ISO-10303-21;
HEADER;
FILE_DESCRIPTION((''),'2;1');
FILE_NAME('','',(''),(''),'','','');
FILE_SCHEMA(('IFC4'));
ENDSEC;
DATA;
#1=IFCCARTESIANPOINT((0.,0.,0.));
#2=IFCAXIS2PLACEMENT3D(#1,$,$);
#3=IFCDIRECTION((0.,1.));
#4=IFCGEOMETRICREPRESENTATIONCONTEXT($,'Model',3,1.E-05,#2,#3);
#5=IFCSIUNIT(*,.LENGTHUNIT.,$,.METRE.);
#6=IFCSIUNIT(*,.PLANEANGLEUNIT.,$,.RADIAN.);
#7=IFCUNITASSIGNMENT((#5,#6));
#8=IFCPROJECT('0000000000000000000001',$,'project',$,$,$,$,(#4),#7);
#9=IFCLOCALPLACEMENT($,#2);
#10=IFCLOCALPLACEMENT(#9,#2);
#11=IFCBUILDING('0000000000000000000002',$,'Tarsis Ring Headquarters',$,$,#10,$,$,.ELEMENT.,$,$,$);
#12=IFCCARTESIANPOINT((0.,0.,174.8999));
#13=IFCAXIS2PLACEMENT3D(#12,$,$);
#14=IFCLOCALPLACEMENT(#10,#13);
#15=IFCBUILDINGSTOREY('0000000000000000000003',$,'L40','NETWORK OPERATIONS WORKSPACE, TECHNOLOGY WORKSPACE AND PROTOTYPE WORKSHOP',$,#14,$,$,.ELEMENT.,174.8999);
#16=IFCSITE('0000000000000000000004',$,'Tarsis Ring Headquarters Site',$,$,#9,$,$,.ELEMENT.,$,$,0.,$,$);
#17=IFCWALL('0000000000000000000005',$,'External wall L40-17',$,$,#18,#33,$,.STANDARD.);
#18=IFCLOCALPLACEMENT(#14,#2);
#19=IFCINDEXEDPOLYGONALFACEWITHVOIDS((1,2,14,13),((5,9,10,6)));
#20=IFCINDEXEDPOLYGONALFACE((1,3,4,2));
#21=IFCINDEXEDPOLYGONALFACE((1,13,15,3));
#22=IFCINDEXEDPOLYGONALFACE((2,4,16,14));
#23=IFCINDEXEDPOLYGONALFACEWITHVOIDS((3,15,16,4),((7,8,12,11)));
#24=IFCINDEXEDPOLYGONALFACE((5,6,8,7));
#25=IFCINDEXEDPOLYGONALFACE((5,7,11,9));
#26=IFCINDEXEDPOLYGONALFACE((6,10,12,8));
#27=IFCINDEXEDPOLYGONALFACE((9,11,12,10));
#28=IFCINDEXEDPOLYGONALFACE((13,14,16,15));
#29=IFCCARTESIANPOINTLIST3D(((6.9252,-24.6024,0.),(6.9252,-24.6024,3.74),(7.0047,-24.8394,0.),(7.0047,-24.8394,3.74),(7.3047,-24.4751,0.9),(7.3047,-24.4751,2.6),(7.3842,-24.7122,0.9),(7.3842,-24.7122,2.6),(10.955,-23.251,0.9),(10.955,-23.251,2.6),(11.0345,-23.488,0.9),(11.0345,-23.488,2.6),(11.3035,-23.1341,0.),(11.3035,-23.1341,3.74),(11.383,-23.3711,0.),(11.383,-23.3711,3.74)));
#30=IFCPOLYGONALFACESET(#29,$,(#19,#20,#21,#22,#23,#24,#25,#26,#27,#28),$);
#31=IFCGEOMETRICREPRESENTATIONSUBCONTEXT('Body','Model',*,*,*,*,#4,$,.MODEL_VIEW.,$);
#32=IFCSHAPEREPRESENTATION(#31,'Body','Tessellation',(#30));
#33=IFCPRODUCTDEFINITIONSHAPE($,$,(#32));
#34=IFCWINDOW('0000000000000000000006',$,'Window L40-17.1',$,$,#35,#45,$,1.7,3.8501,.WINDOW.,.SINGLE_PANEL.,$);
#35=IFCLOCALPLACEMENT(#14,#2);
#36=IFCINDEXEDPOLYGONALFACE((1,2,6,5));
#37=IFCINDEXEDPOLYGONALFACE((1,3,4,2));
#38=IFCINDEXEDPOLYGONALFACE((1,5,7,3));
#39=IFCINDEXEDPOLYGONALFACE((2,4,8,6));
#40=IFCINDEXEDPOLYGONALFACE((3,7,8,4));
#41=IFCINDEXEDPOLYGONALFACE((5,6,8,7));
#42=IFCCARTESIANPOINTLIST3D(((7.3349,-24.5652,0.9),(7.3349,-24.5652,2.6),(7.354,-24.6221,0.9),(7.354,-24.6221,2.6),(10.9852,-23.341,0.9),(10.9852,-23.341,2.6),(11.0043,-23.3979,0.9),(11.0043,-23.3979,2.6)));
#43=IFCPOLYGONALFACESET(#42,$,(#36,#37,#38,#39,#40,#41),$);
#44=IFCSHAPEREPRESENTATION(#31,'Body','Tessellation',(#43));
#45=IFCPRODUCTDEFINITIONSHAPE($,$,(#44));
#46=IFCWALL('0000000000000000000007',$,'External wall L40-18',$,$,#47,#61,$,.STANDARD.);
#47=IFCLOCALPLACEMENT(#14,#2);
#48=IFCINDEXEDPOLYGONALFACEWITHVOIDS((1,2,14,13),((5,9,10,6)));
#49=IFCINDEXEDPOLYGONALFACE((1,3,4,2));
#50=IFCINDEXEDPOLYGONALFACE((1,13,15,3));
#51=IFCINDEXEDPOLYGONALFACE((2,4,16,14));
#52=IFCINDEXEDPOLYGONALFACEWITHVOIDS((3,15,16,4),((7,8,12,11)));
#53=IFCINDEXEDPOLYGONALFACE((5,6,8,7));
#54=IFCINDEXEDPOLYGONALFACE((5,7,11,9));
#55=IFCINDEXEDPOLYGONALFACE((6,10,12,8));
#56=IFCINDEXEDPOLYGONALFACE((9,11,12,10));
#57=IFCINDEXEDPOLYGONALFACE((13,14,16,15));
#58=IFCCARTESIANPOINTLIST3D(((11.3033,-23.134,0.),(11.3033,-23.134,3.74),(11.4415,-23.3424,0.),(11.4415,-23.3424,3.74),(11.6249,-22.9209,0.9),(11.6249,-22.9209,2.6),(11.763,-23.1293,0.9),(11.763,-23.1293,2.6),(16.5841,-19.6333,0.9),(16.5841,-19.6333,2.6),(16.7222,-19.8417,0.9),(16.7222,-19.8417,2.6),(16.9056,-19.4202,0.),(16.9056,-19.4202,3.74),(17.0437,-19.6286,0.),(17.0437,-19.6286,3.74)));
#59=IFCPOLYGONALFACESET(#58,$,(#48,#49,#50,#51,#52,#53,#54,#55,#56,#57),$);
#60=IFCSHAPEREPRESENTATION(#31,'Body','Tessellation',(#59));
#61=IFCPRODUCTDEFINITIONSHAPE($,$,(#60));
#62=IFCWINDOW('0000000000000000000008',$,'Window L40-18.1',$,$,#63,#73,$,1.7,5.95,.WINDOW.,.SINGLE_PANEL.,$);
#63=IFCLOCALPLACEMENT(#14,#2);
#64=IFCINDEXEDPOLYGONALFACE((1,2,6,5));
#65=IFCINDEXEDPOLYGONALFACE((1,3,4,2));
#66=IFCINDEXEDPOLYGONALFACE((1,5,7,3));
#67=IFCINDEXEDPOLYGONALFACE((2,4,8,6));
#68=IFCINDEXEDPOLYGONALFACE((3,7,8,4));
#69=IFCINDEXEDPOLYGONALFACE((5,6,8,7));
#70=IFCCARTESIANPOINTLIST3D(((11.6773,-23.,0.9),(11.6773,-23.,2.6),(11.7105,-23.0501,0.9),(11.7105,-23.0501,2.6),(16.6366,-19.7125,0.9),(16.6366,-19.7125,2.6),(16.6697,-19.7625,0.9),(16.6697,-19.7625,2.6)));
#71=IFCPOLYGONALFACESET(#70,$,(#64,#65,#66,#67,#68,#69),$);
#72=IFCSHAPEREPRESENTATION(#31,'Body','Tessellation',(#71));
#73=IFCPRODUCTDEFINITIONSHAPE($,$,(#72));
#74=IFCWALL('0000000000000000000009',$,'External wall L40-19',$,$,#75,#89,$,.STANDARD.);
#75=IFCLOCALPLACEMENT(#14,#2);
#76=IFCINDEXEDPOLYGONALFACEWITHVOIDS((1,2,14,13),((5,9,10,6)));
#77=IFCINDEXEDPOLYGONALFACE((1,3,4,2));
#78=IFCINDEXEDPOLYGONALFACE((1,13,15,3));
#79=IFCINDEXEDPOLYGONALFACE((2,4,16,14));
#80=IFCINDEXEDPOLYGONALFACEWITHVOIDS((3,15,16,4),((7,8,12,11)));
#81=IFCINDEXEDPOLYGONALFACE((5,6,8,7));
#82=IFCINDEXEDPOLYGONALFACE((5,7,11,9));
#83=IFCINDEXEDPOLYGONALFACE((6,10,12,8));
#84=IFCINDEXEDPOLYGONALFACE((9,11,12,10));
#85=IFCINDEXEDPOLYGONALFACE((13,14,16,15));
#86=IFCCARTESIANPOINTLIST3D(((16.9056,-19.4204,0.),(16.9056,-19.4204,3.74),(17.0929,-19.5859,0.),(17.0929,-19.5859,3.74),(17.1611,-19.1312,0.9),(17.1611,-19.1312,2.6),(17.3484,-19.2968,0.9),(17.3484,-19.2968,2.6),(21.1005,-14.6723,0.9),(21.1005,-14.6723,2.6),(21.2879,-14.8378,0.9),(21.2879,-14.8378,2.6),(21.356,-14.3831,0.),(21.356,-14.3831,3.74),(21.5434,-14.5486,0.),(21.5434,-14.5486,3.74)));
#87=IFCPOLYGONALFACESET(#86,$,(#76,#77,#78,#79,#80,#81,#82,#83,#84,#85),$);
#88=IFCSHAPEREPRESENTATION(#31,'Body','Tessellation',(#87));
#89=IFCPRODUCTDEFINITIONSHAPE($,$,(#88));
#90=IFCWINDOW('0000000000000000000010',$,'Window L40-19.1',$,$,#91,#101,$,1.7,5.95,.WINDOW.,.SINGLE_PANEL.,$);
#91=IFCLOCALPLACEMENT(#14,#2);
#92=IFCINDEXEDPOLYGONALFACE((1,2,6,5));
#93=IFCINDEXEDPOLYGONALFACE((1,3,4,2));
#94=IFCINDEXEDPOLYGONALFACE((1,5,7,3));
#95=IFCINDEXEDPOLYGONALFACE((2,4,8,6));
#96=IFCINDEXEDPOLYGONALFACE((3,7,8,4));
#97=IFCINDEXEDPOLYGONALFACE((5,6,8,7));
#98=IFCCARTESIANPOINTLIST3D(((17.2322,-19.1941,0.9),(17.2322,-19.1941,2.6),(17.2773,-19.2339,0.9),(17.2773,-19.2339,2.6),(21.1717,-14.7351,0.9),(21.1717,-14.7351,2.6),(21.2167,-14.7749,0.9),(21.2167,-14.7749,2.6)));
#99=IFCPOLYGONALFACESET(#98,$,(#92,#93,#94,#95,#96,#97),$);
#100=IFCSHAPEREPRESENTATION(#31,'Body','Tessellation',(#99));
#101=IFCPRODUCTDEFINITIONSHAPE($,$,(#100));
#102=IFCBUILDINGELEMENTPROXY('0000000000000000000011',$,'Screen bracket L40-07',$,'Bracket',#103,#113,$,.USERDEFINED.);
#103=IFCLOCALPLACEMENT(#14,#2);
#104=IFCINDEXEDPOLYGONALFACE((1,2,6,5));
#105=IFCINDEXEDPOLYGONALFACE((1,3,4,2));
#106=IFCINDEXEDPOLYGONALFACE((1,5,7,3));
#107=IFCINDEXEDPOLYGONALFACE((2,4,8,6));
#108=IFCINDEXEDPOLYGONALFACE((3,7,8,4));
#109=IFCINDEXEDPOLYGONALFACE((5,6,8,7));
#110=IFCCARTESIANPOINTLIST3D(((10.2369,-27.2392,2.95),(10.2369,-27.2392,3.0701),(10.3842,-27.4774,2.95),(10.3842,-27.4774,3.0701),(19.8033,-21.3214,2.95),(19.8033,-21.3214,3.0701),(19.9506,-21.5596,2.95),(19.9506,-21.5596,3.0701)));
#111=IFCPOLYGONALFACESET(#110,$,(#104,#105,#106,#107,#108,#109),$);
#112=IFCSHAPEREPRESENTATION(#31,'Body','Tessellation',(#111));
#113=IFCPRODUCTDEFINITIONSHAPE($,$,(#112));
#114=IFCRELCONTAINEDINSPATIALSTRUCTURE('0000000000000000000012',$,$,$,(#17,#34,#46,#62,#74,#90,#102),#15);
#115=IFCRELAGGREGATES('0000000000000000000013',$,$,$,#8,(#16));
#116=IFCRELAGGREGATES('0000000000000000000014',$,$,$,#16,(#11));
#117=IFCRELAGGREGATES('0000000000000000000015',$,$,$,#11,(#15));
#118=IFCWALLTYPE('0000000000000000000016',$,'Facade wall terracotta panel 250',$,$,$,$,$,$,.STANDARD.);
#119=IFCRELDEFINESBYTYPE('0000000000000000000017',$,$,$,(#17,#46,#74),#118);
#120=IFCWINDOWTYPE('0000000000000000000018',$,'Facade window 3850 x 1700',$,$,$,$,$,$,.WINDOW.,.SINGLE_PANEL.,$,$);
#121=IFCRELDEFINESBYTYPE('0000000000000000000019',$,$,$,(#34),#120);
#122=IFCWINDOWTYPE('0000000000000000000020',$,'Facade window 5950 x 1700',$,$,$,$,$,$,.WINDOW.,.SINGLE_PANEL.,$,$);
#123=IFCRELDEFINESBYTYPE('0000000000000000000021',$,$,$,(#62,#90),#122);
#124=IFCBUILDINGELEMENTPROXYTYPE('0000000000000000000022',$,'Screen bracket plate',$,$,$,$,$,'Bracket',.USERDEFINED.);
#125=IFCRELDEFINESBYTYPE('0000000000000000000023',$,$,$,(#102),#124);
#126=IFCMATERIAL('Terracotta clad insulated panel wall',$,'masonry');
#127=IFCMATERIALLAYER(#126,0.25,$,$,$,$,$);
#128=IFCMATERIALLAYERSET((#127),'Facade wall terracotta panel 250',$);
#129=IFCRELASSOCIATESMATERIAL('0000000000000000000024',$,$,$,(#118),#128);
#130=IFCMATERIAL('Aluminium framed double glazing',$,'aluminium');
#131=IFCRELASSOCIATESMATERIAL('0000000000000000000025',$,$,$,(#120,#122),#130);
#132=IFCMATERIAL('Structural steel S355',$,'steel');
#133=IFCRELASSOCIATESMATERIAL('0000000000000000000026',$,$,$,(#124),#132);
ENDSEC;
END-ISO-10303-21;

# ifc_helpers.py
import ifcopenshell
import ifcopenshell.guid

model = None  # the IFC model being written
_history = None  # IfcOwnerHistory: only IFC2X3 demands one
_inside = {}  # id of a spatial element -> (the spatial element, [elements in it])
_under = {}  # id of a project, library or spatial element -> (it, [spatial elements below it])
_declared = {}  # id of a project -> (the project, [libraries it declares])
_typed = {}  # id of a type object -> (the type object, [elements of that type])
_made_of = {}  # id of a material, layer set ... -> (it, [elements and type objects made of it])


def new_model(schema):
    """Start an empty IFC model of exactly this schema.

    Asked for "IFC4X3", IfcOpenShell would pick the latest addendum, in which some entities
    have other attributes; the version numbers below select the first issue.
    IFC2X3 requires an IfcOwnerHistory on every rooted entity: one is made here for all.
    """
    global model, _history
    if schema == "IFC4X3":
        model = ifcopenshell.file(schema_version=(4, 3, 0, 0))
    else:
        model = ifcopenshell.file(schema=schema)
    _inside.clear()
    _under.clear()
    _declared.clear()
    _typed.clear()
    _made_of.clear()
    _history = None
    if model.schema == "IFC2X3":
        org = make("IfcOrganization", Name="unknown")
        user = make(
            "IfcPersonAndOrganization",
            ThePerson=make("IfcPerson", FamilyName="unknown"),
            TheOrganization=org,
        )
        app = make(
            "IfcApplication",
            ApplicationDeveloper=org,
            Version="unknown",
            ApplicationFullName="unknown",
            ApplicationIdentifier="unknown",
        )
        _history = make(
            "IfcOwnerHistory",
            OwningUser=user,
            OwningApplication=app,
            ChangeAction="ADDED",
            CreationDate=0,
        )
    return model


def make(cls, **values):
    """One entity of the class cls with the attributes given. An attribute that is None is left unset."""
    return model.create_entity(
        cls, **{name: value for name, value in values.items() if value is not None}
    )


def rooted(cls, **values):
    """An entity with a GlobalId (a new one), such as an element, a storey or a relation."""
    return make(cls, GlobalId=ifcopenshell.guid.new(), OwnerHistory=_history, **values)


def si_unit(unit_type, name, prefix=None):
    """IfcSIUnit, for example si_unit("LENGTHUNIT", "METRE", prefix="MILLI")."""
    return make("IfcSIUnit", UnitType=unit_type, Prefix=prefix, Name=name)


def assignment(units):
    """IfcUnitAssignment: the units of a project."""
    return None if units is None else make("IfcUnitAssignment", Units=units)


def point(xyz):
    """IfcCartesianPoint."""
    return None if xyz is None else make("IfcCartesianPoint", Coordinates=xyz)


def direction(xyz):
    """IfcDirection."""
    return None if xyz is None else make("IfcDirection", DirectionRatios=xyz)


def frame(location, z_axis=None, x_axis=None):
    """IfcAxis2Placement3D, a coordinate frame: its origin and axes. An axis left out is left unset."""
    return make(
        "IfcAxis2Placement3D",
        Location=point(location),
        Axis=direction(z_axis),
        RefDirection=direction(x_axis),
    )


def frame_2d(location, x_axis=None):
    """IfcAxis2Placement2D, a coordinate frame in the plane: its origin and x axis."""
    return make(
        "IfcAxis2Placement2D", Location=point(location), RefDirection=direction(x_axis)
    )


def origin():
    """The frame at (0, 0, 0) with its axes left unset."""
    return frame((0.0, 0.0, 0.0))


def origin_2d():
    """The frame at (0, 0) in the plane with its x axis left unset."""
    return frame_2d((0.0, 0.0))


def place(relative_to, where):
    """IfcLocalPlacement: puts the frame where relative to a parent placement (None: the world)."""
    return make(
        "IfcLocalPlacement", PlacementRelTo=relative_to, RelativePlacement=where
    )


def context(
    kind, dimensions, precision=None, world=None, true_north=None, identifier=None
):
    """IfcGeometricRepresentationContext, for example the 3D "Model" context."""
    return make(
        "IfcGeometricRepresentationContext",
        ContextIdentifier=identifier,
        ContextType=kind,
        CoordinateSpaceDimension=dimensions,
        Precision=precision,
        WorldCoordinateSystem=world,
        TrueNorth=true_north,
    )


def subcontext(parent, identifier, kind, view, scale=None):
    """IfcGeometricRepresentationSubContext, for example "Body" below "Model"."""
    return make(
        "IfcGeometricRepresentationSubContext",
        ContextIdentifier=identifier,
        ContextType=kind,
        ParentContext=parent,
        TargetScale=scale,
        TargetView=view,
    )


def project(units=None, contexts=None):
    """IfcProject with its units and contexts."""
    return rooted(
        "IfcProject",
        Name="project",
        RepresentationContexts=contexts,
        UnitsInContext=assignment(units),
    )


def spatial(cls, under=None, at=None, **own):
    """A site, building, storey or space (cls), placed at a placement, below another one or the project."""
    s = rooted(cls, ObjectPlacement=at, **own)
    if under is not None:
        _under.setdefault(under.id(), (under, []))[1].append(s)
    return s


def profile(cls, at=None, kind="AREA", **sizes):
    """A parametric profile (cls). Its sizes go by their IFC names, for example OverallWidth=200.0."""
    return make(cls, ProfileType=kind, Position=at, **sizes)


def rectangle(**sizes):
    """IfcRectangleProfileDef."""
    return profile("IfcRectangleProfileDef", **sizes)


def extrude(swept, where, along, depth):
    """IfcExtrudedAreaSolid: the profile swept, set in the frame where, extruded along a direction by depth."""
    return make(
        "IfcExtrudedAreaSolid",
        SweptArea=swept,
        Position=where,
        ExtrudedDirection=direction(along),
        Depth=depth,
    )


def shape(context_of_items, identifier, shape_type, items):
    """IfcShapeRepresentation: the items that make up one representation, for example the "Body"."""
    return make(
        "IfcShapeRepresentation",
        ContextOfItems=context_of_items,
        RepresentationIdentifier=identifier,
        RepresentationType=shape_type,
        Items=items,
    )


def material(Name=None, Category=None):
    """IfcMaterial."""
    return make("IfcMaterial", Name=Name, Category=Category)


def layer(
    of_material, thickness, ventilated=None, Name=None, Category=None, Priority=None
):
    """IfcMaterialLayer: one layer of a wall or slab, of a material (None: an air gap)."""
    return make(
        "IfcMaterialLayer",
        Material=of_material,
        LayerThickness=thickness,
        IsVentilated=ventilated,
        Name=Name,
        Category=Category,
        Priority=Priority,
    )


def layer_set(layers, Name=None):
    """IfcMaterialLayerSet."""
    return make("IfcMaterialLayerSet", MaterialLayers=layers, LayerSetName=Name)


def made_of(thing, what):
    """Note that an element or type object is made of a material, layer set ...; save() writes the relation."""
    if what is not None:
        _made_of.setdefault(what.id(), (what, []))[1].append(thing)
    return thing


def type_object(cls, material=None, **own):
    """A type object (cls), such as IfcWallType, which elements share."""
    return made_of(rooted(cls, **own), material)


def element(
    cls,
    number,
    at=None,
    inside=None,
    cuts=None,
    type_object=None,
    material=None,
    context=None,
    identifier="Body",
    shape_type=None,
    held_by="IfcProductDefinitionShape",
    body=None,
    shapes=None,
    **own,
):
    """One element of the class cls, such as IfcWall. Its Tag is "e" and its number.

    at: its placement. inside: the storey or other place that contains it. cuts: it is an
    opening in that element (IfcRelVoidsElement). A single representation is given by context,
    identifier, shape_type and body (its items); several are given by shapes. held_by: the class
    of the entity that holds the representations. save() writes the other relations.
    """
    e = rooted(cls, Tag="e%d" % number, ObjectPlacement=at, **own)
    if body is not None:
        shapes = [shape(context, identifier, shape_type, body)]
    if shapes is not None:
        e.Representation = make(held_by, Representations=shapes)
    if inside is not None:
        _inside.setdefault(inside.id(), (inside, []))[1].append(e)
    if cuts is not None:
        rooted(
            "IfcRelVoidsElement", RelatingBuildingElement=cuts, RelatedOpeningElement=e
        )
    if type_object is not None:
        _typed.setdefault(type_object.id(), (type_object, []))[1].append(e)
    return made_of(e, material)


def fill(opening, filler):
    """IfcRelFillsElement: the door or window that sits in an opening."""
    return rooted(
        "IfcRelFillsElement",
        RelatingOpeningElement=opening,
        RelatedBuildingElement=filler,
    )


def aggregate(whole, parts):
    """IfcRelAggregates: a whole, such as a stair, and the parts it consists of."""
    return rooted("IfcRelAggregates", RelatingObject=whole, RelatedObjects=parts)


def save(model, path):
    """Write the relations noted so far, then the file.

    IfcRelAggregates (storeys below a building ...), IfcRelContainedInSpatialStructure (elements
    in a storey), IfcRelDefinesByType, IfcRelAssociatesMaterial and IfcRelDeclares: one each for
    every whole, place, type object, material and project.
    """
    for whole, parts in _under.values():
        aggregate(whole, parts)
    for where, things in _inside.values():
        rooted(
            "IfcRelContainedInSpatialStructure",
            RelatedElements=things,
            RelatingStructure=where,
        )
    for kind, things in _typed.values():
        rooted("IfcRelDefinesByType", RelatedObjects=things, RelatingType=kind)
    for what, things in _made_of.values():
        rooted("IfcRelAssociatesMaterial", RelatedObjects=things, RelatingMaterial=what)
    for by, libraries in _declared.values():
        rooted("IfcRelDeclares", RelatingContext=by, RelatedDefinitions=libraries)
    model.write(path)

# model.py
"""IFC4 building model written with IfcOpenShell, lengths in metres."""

from ifc_helpers import new_model, si_unit, direction, frame, frame_2d, origin, origin_2d, place, context, subcontext, project, spatial, rectangle, extrude, material, layer, layer_set, type_object, element, fill, save


model = new_model("IFC4")

# Units and contexts
model_context = context("Model", 3, precision=1e-05, world=origin(), true_north=direction((0.0, 1.0)))
body_context = subcontext(model_context, "Body", "Model", "MODEL_VIEW")
ifc_project = project(units=[si_unit("LENGTHUNIT", "METRE"), si_unit("PLANEANGLEUNIT", "RADIAN")], contexts=[model_context])

# Site, building, storey
site_placement = place(None, origin())
site = spatial("IfcSite", under=ifc_project, at=site_placement, Name="Tarsis Ring Headquarters Site", CompositionType="ELEMENT", RefElevation=0.0)
building_placement = place(site_placement, origin())
building = spatial("IfcBuilding", under=site, at=building_placement, Name="Tarsis Ring Headquarters", CompositionType="ELEMENT")
storey_placement = place(building_placement, frame((0.0, 0.0, 174.8999)))
storey = spatial("IfcBuildingStorey", under=building, at=storey_placement, Name="L40", Description="NETWORK OPERATIONS WORKSPACE, TECHNOLOGY WORKSPACE AND PROTOTYPE WORKSHOP", CompositionType="ELEMENT", Elevation=174.8999)

# Shared definitions
ifc_material_1 = material(Name="Structural steel S355", Category="steel")

# Walls, openings, windows
ifc_material_2 = material(Name="Terracotta clad insulated panel wall", Category="masonry")
ifc_layer_1 = layer(ifc_material_2, 0.25)
ifc_layer_set_1 = layer_set([ifc_layer_1], Name="Facade wall terracotta panel 250")
wall_type_1 = type_object("IfcWallType", Name="Facade wall terracotta panel 250", PredefinedType="STANDARD", material=ifc_layer_set_1)
wall_1_placement = place(storey_placement, frame((6.9648, -24.7209, 0.0), z_axis=(0.0, 0.0, 1.0), x_axis=(0.948105, 0.317956, 0.0)))
wall_1 = element("IfcWall", 1, at=wall_1_placement, inside=storey, type_object=wall_type_1, Name="External wall L40-17", PredefinedType="STANDARD", context=body_context, shape_type="SweptSolid", body=[
    extrude(rectangle(XDim=4.6179, YDim=0.25, at=frame_2d((2.3091, 0.0))), origin(), (0.0, 0.0, 1.0), 3.74),
])
opening_1_placement = place(wall_1_placement, frame((0.4004, 0.0, 0.8999)))
opening_1 = element("IfcOpeningElement", 2, at=opening_1_placement, cuts=wall_1, PredefinedType="OPENING", context=body_context, shape_type="SweptSolid", body=[
    extrude(rectangle(XDim=3.8501, YDim=1.7, at=frame_2d((1.925, 0.8501))), frame((0.0, 0.135, 0.0), z_axis=(0.0, -1.0, 0.0), x_axis=(1.0, 0.0, 0.0)), (0.0, 0.0, 1.0), 0.27),
])
ifc_material_3 = material(Name="Aluminium framed double glazing", Category="aluminium")
window_type_1 = type_object("IfcWindowType", Name="Facade window 3850 x 1700", PartitioningType="SINGLE_PANEL", PredefinedType="WINDOW", material=ifc_material_3)
window_1_placement = place(opening_1_placement, origin())
window_1 = element("IfcWindow", 3, at=window_1_placement, inside=storey, type_object=window_type_1, Name="Window L40-17.1", OverallHeight=1.7, OverallWidth=3.8501, PartitioningType="SINGLE_PANEL", PredefinedType="WINDOW", context=body_context, shape_type="SweptSolid", body=[
    extrude(rectangle(XDim=3.8501, YDim=1.7, at=frame_2d((1.925, 0.8501))), frame((0.0, 0.03, 0.0), z_axis=(0.0, -1.0, 0.0), x_axis=(1.0, 0.0, 0.0)), (0.0, 0.0, 1.0), 0.0601),
])
fill(opening_1, window_1)
wall_2_placement = place(storey_placement, frame((11.3723, -23.2383, 0.0), z_axis=(0.0, 0.0, 1.0), x_axis=(0.833489, 0.552536, 0.0)))
wall_2 = element("IfcWall", 4, at=wall_2_placement, inside=storey, type_object=wall_type_1, Name="External wall L40-18", PredefinedType="STANDARD", context=body_context, shape_type="SweptSolid", body=[
    extrude(rectangle(XDim=6.7214, YDim=0.25, at=frame_2d((3.3608, 0.0))), origin(), (0.0, 0.0, 1.0), 3.74),
])
opening_2_placement = place(wall_2_placement, frame((0.3857, 0.0, 0.8999)))
opening_2 = element("IfcOpeningElement", 5, at=opening_2_placement, cuts=wall_2, PredefinedType="OPENING", context=body_context, shape_type="SweptSolid", body=[
    extrude(rectangle(XDim=5.95, YDim=1.7, at=frame_2d((2.9751, 0.8501))), frame((0.0, 0.135, 0.0), z_axis=(0.0, -1.0, 0.0), x_axis=(1.0, 0.0, 0.0)), (0.0, 0.0, 1.0), 0.27),
])
window_type_2 = type_object("IfcWindowType", Name="Facade window 5950 x 1700", PartitioningType="SINGLE_PANEL", PredefinedType="WINDOW", material=ifc_material_3)
window_2_placement = place(opening_2_placement, origin())
window_2 = element("IfcWindow", 6, at=window_2_placement, inside=storey, type_object=window_type_2, Name="Window L40-18.1", OverallHeight=1.7, OverallWidth=5.95, PartitioningType="SINGLE_PANEL", PredefinedType="WINDOW", context=body_context, shape_type="SweptSolid", body=[
    extrude(rectangle(XDim=5.95, YDim=1.7, at=frame_2d((2.9751, 0.8501))), frame((0.0, 0.03, 0.0), z_axis=(0.0, -1.0, 0.0), x_axis=(1.0, 0.0, 0.0)), (0.0, 0.0, 1.0), 0.0601),
])
fill(opening_2, window_2)
wall_3_placement = place(storey_placement, frame((16.9993, -19.5032, 0.0), z_axis=(0.0, 0.0, 1.0), x_axis=(0.6621, 0.749416, 0.0)))
wall_3 = element("IfcWall", 7, at=wall_3_placement, inside=storey, type_object=wall_type_1, Name="External wall L40-19", PredefinedType="STANDARD", context=body_context, shape_type="SweptSolid", body=[
    extrude(rectangle(XDim=6.7217, YDim=0.25, at=frame_2d((3.3608, 0.0))), origin(), (0.0, 0.0, 1.0), 3.74),
])
opening_3_placement = place(wall_3_placement, frame((0.3857, 0.0, 0.8999)))
opening_3 = element("IfcOpeningElement", 8, at=opening_3_placement, cuts=wall_3, PredefinedType="OPENING", context=body_context, shape_type="SweptSolid", body=[
    extrude(rectangle(XDim=5.95, YDim=1.7, at=frame_2d((2.9751, 0.8501))), frame((0.0, 0.135, 0.0), z_axis=(0.0, -1.0, 0.0), x_axis=(1.0, 0.0, 0.0)), (0.0, 0.0, 1.0), 0.27),
])
window_3_placement = place(opening_3_placement, origin())
window_3 = element("IfcWindow", 9, at=window_3_placement, inside=storey, type_object=window_type_2, Name="Window L40-19.1", OverallHeight=1.7, OverallWidth=5.95, PartitioningType="SINGLE_PANEL", PredefinedType="WINDOW", context=body_context, shape_type="SweptSolid", body=[
    extrude(rectangle(XDim=5.95, YDim=1.7, at=frame_2d((2.9751, 0.8501))), frame((0.0, 0.03, 0.0), z_axis=(0.0, -1.0, 0.0), x_axis=(1.0, 0.0, 0.0)), (0.0, 0.0, 1.0), 0.0601),
])
fill(opening_3, window_3)

# Building element proxy
building_element_proxy_type = type_object("IfcBuildingElementProxyType", Name="Screen bracket plate", ElementType="Bracket", PredefinedType="USERDEFINED", material=ifc_material_1)
proxy_placement = place(storey_placement, frame((15.0938, -24.3994, 2.95), z_axis=(0.0, 0.0, 1.0), x_axis=(0.850432, 0.526084, 0.0)))
element("IfcBuildingElementProxy", 10, at=proxy_placement, inside=storey, type_object=building_element_proxy_type, Name="Screen bracket L40-07", ObjectType="Bracket", PredefinedType="USERDEFINED", context=body_context, shape_type="SweptSolid", body=[
    extrude(rectangle(XDim=11.2488, YDim=0.28, at=origin_2d()), origin(), (0.0, 0.0, 1.0), 0.1201),
])

save(model, "model.ifc")
